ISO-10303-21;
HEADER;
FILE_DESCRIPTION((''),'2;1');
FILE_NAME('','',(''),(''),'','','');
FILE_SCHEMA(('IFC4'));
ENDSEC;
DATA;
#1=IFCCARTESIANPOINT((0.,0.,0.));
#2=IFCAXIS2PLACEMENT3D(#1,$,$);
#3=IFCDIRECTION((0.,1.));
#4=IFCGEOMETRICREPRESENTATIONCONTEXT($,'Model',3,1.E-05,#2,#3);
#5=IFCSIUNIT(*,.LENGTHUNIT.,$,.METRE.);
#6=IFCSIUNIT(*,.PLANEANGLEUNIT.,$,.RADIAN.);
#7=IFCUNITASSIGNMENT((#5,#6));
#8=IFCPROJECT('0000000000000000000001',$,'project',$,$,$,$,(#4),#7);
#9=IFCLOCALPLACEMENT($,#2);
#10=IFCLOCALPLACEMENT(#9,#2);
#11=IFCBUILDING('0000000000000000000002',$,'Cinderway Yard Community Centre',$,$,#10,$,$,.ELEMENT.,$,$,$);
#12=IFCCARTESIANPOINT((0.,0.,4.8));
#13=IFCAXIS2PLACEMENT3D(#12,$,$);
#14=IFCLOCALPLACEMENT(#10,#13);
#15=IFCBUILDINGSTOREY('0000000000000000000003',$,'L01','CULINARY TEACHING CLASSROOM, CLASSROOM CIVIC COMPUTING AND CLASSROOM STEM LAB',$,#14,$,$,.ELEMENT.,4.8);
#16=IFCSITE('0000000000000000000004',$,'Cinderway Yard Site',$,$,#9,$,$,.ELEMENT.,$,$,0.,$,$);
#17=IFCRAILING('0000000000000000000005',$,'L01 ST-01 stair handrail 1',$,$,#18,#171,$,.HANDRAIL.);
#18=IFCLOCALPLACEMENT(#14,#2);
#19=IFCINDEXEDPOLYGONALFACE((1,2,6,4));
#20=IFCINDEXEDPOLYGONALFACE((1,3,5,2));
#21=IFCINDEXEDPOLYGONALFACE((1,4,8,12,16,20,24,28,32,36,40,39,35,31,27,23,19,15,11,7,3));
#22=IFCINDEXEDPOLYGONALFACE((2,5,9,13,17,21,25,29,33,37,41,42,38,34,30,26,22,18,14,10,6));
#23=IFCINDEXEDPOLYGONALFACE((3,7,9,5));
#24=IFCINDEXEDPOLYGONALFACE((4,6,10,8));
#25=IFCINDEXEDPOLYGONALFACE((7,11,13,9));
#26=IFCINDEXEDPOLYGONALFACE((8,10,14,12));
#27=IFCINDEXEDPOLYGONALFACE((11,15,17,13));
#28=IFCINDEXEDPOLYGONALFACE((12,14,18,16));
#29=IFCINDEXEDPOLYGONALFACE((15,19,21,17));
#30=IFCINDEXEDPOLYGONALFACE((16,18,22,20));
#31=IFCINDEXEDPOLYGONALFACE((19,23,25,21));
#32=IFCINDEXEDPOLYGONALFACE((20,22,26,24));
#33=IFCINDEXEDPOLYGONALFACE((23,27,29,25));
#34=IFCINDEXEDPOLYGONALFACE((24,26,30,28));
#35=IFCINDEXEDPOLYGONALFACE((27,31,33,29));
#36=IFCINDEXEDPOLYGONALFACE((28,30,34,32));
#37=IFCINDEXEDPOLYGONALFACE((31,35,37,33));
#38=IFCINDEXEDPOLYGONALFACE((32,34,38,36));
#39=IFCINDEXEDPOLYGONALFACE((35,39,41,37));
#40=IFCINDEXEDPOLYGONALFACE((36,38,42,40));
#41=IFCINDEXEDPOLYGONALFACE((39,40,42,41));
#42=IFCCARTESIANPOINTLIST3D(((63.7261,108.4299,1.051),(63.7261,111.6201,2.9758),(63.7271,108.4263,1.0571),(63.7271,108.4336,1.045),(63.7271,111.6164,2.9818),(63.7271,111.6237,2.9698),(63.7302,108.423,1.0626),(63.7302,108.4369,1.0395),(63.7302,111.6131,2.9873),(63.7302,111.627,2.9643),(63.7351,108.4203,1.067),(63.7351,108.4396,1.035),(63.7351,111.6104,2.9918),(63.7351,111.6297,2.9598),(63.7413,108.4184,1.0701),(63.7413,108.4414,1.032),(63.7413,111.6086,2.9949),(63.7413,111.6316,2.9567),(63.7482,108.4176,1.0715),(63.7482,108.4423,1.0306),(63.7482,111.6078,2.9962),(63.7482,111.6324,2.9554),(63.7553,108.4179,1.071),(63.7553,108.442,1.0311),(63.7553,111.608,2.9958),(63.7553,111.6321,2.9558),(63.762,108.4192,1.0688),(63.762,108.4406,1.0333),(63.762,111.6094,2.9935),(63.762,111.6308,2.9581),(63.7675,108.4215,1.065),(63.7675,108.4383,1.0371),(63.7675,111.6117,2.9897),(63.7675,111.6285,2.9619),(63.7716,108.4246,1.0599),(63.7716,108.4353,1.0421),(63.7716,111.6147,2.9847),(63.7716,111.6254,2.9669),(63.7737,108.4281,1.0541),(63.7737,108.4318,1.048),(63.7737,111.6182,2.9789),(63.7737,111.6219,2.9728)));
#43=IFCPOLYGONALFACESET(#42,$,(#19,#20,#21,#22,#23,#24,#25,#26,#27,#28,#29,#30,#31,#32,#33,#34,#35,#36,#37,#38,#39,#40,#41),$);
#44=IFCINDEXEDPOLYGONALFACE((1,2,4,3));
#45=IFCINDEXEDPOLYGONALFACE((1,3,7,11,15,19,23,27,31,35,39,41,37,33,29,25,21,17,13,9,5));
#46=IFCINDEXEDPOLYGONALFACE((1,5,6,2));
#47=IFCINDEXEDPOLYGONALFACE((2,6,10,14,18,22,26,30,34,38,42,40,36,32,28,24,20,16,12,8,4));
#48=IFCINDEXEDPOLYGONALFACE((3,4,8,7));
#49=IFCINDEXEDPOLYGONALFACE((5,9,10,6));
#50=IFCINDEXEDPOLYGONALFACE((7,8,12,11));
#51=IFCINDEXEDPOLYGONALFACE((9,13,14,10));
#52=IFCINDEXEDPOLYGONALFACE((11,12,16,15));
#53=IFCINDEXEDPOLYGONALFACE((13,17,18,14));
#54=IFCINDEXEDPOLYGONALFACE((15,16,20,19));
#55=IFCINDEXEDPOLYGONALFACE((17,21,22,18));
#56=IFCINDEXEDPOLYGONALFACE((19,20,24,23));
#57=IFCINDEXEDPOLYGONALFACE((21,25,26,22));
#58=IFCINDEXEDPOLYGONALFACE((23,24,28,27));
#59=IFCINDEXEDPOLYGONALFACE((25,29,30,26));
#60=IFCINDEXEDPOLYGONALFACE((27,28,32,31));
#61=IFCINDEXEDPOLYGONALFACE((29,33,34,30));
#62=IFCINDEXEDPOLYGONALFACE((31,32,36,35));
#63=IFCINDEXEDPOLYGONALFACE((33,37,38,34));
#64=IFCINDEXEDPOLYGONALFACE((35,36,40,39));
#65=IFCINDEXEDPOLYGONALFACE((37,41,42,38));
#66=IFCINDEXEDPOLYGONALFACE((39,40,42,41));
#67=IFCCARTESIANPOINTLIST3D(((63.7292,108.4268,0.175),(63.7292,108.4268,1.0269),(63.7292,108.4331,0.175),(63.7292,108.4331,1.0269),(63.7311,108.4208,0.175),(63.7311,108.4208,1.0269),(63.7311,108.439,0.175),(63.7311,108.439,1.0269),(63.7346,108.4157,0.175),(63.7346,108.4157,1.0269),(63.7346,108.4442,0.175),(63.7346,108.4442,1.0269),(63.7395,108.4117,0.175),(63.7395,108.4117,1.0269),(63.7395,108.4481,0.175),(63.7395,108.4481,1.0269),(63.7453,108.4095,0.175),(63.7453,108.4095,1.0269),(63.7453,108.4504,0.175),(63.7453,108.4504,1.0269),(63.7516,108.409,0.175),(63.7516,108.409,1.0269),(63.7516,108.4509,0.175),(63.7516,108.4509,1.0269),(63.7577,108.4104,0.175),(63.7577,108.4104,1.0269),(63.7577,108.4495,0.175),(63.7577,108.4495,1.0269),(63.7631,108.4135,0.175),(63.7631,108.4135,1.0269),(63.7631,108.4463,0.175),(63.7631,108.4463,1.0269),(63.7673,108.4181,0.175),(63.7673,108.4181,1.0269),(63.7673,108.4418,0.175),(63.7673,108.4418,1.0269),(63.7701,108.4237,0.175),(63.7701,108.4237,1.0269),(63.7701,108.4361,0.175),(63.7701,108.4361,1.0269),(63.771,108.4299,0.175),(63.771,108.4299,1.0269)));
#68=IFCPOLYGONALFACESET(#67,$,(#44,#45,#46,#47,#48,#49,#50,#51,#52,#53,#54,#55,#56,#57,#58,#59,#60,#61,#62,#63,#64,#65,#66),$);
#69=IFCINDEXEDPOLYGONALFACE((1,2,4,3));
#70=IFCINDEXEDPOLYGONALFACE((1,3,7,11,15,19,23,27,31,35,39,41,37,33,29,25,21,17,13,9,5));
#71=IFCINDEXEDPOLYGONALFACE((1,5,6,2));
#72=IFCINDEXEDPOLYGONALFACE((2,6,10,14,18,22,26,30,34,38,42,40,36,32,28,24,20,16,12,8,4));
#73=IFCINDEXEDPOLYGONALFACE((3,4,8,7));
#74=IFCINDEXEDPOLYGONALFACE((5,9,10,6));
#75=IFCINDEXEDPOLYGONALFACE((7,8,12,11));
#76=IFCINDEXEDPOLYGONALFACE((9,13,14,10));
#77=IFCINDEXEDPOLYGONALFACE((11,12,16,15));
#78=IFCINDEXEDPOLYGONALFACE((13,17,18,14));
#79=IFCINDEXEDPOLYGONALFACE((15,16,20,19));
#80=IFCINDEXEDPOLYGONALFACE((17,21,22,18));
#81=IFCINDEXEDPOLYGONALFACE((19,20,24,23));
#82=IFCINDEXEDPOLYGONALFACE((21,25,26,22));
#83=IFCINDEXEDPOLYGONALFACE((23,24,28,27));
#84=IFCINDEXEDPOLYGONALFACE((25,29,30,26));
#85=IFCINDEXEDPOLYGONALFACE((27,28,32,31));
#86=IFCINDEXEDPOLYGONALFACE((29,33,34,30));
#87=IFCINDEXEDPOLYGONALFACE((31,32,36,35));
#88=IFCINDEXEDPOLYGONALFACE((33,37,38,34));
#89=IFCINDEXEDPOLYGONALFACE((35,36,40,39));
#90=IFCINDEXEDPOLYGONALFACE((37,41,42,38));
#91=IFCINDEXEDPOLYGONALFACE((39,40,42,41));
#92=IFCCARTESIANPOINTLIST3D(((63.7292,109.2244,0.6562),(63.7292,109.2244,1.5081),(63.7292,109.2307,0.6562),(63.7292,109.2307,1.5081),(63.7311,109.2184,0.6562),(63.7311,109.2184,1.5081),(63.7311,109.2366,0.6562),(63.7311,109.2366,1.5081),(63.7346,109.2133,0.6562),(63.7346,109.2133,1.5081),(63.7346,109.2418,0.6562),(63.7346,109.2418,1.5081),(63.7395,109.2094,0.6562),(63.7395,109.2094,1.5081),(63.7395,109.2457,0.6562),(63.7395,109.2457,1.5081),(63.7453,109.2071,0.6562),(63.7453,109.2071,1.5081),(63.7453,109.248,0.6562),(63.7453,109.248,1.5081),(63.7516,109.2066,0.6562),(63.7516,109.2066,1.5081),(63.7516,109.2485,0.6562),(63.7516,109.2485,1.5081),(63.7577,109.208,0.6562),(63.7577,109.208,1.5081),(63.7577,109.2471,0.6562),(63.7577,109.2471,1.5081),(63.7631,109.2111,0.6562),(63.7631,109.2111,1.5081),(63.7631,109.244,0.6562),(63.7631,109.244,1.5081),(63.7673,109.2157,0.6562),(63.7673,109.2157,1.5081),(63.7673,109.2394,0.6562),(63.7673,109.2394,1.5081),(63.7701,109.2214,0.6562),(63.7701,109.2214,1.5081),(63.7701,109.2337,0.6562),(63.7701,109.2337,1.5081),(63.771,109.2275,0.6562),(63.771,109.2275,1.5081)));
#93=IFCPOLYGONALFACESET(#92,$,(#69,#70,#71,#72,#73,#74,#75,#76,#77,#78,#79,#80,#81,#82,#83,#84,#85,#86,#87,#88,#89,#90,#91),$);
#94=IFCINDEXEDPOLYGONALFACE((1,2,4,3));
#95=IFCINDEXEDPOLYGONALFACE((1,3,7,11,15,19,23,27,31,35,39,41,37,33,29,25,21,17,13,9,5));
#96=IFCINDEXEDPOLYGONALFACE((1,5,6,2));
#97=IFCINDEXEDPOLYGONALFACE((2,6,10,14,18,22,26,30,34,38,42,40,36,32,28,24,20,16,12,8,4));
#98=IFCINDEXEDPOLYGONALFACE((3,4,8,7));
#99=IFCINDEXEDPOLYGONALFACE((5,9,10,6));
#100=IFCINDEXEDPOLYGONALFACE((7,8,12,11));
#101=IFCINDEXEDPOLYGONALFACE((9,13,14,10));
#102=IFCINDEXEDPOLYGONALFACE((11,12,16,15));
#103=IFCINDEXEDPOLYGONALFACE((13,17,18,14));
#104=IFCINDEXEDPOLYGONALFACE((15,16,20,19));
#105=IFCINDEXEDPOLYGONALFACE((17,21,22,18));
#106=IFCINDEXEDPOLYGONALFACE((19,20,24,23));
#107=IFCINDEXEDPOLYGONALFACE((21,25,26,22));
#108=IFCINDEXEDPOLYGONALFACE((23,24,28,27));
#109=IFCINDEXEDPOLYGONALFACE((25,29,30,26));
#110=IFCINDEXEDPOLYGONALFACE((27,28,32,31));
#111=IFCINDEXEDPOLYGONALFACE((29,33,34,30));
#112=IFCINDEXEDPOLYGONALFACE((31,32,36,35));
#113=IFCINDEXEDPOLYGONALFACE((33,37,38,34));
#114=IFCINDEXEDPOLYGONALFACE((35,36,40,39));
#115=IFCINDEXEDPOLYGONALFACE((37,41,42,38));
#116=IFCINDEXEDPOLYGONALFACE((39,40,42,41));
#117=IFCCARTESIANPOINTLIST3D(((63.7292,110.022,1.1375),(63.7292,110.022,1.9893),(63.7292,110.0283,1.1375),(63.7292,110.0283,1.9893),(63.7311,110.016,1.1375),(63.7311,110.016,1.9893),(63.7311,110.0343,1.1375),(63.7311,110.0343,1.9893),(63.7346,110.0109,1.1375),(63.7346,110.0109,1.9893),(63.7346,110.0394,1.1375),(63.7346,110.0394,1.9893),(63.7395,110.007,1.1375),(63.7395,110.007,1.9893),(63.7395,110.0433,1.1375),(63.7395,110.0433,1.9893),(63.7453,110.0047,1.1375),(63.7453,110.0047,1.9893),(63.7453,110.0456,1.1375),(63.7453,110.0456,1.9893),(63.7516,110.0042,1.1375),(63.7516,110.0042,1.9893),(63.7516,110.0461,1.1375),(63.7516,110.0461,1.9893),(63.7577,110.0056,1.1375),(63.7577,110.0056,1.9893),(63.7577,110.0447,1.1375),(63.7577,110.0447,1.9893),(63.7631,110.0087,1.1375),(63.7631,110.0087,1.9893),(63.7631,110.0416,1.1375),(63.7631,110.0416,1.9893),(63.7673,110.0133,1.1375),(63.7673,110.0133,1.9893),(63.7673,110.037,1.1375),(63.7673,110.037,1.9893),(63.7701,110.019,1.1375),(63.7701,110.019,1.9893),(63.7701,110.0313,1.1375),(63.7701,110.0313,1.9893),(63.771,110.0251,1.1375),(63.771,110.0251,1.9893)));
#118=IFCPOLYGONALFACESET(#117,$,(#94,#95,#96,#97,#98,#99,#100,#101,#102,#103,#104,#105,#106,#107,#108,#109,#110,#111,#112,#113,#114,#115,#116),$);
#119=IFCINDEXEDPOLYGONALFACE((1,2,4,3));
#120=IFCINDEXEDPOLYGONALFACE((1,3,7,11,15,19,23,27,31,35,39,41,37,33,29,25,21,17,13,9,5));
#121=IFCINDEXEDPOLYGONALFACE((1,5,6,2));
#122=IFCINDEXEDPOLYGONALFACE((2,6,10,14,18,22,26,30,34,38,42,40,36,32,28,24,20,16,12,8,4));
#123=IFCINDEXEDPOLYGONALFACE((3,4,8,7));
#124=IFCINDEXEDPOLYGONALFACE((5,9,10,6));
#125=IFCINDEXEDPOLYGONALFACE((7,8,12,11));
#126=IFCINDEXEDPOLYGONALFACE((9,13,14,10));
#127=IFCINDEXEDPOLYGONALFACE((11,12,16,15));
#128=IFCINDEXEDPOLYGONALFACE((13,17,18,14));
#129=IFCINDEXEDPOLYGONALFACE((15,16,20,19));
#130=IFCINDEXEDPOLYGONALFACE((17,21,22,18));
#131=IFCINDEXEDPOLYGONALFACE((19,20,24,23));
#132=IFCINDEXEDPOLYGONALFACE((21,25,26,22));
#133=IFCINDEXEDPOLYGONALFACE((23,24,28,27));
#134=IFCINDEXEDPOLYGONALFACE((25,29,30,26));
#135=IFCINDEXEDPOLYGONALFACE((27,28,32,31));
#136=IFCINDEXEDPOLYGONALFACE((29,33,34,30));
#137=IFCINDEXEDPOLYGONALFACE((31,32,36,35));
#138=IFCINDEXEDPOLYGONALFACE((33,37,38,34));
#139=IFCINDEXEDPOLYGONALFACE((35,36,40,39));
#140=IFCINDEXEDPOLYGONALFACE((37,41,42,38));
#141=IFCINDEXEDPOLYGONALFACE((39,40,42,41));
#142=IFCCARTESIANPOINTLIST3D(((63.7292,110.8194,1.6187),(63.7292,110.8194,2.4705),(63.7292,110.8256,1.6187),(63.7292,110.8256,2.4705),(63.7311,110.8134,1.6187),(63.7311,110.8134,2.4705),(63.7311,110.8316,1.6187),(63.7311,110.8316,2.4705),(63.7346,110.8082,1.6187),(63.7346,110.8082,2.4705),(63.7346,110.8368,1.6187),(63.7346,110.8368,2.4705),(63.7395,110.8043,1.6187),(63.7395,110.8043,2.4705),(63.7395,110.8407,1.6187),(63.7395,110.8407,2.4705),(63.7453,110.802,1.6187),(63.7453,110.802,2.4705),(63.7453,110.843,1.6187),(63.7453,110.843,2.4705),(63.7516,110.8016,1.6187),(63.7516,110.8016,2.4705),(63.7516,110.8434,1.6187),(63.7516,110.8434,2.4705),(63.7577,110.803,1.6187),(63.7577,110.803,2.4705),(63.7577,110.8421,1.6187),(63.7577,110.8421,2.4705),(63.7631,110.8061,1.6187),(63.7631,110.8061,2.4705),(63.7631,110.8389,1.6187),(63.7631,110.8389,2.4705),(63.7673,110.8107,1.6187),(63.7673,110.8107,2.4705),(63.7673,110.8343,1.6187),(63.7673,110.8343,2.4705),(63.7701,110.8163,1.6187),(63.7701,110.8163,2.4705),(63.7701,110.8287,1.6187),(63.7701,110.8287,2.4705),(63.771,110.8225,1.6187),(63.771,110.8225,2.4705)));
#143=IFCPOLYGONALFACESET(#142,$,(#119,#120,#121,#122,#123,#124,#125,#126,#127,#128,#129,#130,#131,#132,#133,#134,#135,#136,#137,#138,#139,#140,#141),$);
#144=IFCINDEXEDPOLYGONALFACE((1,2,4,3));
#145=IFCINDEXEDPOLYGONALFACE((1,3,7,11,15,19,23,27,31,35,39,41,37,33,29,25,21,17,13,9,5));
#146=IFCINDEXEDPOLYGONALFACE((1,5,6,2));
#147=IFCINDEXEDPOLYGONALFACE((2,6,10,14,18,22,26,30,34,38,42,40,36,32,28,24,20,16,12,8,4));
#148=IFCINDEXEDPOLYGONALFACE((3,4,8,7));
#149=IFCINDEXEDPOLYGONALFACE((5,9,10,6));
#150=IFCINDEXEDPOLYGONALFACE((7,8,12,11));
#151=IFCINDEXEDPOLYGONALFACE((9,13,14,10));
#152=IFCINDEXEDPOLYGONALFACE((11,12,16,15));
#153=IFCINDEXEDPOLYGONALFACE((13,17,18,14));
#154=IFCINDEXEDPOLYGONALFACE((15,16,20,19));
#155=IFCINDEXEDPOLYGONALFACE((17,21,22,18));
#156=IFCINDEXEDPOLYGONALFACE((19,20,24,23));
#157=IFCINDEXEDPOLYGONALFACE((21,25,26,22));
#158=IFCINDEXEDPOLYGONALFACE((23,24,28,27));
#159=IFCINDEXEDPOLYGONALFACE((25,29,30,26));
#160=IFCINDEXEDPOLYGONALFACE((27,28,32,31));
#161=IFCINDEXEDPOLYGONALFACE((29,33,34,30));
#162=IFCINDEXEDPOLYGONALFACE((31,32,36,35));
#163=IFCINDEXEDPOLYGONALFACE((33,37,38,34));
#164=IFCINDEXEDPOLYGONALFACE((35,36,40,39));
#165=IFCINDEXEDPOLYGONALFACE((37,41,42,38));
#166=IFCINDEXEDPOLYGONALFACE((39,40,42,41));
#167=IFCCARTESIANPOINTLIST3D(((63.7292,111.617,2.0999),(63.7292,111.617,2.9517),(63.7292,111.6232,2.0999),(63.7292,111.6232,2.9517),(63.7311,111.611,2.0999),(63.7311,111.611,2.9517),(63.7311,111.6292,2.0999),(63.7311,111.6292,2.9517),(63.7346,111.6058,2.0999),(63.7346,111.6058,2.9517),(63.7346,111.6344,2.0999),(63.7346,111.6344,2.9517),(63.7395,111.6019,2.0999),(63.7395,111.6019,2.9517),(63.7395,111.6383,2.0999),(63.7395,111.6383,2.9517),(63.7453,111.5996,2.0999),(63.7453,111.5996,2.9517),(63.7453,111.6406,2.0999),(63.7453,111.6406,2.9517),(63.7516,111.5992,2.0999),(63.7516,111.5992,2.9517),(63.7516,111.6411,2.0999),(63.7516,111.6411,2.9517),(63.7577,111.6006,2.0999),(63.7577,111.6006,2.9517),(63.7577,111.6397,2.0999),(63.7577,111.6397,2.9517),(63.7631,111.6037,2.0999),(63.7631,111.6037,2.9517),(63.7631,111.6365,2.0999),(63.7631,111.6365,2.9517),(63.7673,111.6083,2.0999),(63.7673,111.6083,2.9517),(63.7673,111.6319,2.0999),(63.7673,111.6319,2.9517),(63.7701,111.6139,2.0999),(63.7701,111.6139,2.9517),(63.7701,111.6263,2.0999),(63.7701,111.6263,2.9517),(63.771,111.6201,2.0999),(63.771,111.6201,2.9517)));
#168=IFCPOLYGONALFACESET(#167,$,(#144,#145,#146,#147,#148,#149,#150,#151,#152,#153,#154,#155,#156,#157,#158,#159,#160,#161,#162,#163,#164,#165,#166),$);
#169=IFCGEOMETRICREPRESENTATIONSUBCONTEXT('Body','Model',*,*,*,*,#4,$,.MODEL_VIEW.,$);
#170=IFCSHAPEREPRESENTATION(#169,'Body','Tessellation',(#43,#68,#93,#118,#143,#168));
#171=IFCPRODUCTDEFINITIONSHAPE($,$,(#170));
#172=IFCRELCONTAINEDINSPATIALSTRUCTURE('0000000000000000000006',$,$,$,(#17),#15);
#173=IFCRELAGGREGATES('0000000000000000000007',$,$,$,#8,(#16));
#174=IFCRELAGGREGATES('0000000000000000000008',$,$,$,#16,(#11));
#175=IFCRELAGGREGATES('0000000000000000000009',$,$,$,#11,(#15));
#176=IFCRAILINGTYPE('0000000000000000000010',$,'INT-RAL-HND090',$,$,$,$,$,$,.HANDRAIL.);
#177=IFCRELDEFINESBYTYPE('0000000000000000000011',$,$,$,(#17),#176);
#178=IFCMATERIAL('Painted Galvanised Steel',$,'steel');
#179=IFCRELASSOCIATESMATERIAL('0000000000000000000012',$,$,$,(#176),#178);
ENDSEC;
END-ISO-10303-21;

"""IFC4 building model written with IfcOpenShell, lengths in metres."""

from ifc_helpers import new_model, si_unit, direction, frame, origin, origin_2d, place, context, subcontext, project, spatial, circle, extrude, material, type_object, element, save


model = new_model("IFC4")

# Units and contexts
model_context = context("Model", 3, precision=1e-05, world=origin(), true_north=direction((0.0, 1.0)))
body_context = subcontext(model_context, "Body", "Model", "MODEL_VIEW")
ifc_project = project(units=[si_unit("LENGTHUNIT", "METRE"), si_unit("PLANEANGLEUNIT", "RADIAN")], contexts=[model_context])

# Site, building, storey
site_placement = place(None, origin())
site = spatial("IfcSite", under=ifc_project, at=site_placement, Name="Cinderway Yard Site", CompositionType="ELEMENT", RefElevation=0.0)
building_placement = place(site_placement, origin())
building = spatial("IfcBuilding", under=site, at=building_placement, Name="Cinderway Yard Community Centre", CompositionType="ELEMENT")
storey_placement = place(building_placement, frame((0.0, 0.0, 4.8)))
storey = spatial("IfcBuildingStorey", under=building, at=storey_placement, Name="L01", Description="CULINARY TEACHING CLASSROOM, CLASSROOM CIVIC COMPUTING AND CLASSROOM STEM LAB", CompositionType="ELEMENT", Elevation=4.8)

# Shared definitions
ifc_material_1 = material(Name="Painted Galvanised Steel", Category="steel")

# Railing
railing_type_1 = type_object("IfcRailingType", Name="INT-RAL-HND090", PredefinedType="HANDRAIL", material=ifc_material_1)
railing_1_placement = place(storey_placement, frame((63.75, 108.4299, 0.175)))
element("IfcRailing", 1, at=railing_1_placement, inside=storey, type_object=railing_type_1, Name="L01 ST-01 stair handrail 1", PredefinedType="HANDRAIL", context=body_context, shape_type="SweptSolid", body=[
    extrude(circle(Radius=0.0239, at=origin_2d()), frame((0.0, 0.0, 0.876), z_axis=(0.0, 0.856224, 0.516605), x_axis=(-1.0, 0.0, 0.0)), (0.0, 0.0, 1.0), 3.7258),
    extrude(circle(Radius=0.021, at=origin_2d()), origin(), (0.0, 0.0, 1.0), 0.8518),
    extrude(circle(Radius=0.021, at=origin_2d()), frame((0.0, 0.7976, 0.4812)), (0.0, 0.0, 1.0), 0.8518),
    extrude(circle(Radius=0.021, at=origin_2d()), frame((0.0, 1.5952, 0.9624)), (0.0, 0.0, 1.0), 0.8518),
    extrude(circle(Radius=0.021, at=origin_2d()), frame((0.0, 2.3926, 1.4436)), (0.0, 0.0, 1.0), 0.8518),
    extrude(circle(Radius=0.021, at=origin_2d()), frame((0.0, 3.1902, 1.9248)), (0.0, 0.0, 1.0), 0.8518),
])

save(model, "model.ifc")
